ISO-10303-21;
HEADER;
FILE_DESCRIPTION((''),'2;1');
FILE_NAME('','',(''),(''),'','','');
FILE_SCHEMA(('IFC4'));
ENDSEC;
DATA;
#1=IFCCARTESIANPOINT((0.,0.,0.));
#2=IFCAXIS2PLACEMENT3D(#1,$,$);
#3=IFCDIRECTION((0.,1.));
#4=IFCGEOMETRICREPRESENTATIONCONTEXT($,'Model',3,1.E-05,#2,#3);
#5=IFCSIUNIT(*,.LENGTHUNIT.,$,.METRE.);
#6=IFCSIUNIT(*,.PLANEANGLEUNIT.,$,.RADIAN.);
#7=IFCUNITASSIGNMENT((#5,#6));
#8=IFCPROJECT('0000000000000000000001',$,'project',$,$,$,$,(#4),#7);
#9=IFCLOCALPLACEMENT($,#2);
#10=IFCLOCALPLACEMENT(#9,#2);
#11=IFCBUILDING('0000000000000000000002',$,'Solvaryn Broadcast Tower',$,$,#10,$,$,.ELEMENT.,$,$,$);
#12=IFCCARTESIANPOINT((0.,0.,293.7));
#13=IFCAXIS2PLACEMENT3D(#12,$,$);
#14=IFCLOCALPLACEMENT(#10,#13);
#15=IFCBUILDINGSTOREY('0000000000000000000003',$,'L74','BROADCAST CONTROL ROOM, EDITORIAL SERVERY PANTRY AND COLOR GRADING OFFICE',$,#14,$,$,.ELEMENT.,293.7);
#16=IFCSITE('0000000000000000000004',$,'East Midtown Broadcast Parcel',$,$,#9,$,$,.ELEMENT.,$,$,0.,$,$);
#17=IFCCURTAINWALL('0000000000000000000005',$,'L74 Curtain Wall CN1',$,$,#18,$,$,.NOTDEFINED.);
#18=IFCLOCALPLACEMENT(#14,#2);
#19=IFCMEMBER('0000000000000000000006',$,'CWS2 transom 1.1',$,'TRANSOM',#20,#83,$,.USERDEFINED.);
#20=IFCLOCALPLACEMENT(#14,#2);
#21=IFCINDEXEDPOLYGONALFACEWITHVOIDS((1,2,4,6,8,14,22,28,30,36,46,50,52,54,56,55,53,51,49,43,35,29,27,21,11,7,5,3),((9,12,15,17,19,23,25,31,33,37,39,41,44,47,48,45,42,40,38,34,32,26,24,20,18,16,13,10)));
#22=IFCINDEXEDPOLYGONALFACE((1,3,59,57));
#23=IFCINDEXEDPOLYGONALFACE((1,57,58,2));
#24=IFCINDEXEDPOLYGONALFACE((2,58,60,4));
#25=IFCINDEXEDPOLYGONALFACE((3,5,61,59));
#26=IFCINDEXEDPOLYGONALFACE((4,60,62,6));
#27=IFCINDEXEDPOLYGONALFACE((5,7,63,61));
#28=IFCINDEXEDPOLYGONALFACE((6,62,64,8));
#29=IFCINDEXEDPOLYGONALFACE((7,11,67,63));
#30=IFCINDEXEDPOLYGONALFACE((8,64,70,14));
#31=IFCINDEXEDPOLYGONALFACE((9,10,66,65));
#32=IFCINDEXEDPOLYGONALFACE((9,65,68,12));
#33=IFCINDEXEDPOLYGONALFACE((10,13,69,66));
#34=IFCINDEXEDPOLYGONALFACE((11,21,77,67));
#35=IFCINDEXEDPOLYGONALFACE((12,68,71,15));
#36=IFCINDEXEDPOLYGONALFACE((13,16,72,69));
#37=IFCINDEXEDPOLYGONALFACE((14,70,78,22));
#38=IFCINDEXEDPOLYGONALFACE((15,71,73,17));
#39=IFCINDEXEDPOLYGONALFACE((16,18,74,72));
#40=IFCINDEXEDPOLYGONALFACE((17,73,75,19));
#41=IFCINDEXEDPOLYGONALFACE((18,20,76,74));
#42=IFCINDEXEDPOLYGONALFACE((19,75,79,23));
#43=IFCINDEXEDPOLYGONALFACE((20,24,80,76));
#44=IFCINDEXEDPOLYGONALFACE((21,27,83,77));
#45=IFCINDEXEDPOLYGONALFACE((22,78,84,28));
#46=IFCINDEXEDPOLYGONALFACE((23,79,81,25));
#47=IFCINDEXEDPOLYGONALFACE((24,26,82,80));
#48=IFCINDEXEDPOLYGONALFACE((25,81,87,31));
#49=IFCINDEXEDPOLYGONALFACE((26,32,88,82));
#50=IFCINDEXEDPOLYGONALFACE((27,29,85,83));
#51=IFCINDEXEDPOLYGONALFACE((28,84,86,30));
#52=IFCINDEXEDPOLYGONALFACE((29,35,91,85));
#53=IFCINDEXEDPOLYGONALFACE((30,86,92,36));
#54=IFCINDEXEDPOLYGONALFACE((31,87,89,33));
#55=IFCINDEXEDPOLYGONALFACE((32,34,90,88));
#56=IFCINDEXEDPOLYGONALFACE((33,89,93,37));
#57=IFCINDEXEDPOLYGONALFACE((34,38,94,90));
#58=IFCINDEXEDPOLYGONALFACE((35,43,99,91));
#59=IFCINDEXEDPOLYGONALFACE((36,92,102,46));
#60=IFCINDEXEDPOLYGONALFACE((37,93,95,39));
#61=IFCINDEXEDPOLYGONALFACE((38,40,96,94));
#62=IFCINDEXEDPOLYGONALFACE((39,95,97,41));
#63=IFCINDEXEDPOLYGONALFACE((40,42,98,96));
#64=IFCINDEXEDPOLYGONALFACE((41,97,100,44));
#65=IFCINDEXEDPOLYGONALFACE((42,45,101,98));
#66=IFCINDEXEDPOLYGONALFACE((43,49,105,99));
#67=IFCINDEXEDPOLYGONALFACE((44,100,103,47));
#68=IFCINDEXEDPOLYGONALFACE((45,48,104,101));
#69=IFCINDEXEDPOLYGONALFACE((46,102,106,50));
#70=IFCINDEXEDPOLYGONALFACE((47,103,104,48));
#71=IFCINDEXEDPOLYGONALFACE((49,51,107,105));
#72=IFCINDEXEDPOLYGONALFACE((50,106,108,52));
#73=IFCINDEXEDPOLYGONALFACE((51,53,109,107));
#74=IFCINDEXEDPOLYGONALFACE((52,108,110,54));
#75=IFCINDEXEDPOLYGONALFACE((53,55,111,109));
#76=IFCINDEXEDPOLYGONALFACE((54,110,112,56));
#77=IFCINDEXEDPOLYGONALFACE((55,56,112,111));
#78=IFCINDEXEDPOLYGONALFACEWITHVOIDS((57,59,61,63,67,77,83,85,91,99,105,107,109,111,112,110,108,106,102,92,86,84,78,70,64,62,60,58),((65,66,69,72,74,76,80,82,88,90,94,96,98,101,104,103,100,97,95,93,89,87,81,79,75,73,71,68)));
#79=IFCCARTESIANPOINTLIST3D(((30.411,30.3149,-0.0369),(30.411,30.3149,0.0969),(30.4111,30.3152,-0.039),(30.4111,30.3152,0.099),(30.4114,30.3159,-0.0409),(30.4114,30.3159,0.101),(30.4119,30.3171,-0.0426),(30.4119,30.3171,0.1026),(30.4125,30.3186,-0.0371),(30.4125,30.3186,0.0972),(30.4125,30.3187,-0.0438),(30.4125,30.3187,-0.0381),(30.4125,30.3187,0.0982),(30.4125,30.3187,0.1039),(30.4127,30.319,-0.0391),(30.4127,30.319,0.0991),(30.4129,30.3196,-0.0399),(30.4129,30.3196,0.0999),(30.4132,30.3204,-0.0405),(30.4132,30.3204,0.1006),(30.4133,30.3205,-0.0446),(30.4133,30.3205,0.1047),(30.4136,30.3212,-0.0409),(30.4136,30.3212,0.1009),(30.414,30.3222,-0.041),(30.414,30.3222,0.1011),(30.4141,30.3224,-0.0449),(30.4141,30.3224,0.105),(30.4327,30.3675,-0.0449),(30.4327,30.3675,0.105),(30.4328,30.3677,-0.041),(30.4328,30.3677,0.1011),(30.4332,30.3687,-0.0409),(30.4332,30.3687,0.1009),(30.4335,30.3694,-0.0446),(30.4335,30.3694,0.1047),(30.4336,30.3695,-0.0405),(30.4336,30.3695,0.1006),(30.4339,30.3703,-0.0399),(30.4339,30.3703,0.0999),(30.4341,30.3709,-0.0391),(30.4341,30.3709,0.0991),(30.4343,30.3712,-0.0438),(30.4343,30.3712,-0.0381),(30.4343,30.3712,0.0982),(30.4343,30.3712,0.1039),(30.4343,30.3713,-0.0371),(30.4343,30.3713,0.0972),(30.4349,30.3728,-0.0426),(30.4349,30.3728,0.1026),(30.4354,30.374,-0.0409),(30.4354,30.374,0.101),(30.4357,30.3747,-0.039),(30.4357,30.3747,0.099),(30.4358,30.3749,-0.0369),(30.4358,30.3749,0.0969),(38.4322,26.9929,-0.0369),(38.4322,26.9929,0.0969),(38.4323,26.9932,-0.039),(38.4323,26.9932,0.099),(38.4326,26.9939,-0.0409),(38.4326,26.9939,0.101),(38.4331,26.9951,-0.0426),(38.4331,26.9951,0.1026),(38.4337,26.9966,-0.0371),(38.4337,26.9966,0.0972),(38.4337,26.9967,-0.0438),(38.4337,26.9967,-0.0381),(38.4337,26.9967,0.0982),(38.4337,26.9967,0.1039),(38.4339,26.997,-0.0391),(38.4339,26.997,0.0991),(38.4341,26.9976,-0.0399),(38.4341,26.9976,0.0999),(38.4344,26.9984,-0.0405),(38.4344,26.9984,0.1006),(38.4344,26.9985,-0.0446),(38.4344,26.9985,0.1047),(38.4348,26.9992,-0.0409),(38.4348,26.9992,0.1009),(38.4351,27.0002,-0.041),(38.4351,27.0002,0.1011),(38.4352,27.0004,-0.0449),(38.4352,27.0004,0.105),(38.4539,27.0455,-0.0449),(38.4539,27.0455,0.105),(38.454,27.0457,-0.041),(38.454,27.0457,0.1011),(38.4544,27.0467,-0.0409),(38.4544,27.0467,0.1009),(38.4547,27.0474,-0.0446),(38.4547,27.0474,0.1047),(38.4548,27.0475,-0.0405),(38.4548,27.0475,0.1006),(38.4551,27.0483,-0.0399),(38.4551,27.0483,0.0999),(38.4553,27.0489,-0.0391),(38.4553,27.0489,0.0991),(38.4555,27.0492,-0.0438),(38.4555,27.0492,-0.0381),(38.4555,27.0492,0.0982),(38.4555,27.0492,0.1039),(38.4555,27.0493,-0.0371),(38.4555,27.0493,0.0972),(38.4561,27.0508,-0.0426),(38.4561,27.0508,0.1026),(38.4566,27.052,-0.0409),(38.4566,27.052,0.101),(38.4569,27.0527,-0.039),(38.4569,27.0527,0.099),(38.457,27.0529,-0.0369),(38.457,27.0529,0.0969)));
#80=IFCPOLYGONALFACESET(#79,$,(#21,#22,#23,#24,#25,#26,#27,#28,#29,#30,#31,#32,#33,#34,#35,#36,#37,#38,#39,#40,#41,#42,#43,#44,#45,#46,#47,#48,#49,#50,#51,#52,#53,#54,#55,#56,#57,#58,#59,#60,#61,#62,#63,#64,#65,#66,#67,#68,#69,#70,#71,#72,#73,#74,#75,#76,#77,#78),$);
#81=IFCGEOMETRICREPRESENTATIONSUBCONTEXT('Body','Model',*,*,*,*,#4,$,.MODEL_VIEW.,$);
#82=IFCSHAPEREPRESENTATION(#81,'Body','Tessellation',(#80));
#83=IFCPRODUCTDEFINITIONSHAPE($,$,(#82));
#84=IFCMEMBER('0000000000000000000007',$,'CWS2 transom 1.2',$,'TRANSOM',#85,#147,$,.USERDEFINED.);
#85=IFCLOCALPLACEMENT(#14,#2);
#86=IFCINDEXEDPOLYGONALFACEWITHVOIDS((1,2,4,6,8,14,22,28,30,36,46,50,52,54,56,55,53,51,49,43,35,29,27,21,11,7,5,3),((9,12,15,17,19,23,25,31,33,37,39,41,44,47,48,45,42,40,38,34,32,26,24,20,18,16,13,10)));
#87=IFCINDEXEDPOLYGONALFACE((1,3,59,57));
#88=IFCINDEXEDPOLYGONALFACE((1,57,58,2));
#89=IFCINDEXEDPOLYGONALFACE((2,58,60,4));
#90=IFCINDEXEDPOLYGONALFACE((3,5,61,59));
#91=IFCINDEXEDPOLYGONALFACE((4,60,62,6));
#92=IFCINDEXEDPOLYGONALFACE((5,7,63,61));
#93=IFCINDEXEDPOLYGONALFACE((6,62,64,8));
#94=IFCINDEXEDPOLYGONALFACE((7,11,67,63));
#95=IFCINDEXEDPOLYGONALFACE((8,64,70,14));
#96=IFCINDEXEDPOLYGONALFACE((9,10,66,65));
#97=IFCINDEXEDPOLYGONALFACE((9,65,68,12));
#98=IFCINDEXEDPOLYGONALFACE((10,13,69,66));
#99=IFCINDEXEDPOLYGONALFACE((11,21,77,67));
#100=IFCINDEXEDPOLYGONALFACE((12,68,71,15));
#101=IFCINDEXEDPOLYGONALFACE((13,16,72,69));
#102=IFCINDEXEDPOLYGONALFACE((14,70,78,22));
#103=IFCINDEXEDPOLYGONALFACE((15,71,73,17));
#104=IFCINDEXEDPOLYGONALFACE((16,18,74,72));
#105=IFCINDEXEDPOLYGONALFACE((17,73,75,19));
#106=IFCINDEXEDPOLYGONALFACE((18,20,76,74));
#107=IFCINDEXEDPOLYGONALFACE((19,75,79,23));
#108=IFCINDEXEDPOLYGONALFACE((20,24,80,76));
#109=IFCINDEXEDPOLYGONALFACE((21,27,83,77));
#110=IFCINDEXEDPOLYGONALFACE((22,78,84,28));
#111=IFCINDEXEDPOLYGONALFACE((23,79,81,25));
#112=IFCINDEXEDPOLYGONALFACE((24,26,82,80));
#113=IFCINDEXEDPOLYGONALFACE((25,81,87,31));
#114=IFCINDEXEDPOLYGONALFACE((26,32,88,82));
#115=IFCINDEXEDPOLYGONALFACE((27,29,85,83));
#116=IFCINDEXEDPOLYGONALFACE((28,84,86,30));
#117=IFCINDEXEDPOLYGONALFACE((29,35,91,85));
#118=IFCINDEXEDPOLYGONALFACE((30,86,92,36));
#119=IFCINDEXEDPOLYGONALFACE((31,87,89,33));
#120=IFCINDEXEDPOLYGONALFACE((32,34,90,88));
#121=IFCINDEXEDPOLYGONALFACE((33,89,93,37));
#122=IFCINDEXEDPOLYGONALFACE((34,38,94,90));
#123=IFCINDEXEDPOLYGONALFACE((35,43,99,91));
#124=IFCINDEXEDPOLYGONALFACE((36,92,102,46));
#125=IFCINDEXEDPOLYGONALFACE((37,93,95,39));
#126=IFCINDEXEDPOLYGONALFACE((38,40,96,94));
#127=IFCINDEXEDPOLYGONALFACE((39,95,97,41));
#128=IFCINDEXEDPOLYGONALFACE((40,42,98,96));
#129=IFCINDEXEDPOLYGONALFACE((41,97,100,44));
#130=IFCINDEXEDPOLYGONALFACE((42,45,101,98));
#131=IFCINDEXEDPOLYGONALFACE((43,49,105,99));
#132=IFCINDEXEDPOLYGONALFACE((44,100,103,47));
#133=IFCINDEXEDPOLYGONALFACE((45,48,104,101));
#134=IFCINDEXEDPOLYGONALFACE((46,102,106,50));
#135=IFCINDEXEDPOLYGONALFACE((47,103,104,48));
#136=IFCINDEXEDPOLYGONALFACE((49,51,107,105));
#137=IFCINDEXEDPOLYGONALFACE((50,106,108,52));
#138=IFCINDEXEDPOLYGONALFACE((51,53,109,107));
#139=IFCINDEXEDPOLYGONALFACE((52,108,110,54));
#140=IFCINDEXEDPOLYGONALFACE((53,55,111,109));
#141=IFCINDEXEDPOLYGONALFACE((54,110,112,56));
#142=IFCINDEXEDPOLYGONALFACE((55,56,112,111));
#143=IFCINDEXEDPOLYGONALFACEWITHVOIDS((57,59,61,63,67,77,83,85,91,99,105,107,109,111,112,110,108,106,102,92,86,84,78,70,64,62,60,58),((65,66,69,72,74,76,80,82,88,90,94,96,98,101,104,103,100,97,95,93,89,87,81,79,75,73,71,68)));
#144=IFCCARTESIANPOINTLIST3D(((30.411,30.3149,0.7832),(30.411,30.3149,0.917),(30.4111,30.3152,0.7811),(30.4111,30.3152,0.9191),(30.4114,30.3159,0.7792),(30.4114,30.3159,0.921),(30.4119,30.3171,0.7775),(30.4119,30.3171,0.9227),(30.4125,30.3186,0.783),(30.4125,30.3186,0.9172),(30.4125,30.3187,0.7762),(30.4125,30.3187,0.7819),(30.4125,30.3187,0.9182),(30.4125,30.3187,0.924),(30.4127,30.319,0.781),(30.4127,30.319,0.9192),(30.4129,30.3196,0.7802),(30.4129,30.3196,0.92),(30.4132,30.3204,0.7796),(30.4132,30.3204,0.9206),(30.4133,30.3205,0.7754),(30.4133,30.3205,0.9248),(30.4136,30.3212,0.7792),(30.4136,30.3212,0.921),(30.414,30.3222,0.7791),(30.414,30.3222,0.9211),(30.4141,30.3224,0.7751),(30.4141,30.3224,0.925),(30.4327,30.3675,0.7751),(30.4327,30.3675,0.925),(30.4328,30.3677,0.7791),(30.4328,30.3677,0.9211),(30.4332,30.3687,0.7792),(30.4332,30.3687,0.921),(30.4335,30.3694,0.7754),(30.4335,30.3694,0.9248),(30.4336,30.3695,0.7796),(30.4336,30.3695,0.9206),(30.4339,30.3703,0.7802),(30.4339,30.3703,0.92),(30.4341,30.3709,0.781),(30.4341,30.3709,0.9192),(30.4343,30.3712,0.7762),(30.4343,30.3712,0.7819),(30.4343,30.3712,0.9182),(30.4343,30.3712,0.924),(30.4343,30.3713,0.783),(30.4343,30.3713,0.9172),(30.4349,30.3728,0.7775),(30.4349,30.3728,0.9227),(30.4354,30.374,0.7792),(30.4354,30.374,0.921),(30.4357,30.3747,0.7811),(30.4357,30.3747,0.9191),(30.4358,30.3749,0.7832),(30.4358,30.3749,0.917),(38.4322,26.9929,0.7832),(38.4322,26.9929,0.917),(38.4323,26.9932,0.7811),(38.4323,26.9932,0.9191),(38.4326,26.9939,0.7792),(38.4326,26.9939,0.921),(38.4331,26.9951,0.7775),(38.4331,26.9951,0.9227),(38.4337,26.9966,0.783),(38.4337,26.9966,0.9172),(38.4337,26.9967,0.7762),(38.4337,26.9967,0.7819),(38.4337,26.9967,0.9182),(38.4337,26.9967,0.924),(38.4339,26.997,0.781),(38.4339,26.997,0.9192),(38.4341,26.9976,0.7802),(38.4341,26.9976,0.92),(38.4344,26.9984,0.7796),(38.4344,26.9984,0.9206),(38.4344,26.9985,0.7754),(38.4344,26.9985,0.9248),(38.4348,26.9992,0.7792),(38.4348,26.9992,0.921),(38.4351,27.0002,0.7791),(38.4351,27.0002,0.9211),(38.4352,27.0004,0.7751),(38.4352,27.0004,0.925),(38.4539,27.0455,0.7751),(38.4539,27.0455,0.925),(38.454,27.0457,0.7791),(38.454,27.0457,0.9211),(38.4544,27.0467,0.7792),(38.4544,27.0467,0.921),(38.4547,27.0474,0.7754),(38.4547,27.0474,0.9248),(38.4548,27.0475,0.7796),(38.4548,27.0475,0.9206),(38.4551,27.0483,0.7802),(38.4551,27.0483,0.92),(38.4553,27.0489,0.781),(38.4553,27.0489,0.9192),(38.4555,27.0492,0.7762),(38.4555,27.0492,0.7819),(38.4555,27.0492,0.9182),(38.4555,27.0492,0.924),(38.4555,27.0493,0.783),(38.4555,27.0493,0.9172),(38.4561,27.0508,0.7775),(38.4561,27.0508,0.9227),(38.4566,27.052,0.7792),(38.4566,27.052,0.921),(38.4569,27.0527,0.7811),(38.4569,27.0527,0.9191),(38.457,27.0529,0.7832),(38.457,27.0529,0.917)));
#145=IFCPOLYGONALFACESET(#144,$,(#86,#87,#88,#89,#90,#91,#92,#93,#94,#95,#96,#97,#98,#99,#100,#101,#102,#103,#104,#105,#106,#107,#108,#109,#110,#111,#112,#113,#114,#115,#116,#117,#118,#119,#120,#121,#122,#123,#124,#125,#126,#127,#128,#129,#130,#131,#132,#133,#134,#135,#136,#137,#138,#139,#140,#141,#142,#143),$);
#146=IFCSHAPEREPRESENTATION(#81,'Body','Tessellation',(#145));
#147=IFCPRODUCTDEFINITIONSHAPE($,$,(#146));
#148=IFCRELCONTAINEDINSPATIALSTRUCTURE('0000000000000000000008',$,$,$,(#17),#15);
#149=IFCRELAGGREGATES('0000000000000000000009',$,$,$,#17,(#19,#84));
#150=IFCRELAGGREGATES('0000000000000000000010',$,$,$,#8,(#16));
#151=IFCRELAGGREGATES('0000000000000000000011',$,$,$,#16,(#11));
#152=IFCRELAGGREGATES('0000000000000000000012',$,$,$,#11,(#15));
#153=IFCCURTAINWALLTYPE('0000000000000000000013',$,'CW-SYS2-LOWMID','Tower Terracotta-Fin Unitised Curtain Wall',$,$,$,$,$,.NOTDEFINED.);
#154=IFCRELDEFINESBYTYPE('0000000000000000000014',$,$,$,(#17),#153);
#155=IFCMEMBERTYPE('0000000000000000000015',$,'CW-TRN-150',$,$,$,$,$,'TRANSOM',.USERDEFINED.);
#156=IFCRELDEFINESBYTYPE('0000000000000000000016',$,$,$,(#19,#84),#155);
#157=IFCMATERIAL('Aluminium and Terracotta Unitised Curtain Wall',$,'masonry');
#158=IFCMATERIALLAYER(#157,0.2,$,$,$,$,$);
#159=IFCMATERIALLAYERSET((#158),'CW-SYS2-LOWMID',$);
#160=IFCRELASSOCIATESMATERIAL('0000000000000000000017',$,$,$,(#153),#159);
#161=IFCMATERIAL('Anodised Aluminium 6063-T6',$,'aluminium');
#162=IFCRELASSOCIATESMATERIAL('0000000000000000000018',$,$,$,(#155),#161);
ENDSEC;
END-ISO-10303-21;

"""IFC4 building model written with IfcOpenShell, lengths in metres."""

from ifc_helpers import new_model, si_unit, direction, frame, origin, origin_2d, place, context, subcontext, project, spatial, hollow_rectangle, extrude, material, layer, layer_set, material_profile, profile_set, type_object, element, aggregate, save


model = new_model("IFC4")

# Units and contexts
model_context = context("Model", 3, precision=1e-05, world=origin(), true_north=direction((0.0, 1.0)))
body_context = subcontext(model_context, "Body", "Model", "MODEL_VIEW")
ifc_project = project(units=[si_unit("LENGTHUNIT", "METRE"), si_unit("PLANEANGLEUNIT", "RADIAN")], contexts=[model_context])

# Site, building, storey
site_placement = place(None, origin())
site = spatial("IfcSite", under=ifc_project, at=site_placement, Name="East Midtown Broadcast Parcel", CompositionType="ELEMENT", RefElevation=0.0)
building_placement = place(site_placement, origin())
building = spatial("IfcBuilding", under=site, at=building_placement, Name="Solvaryn Broadcast Tower", CompositionType="ELEMENT")
storey_placement = place(building_placement, frame((0.0, 0.0, 293.7)))
storey = spatial("IfcBuildingStorey", under=building, at=storey_placement, Name="L74", Description="BROADCAST CONTROL ROOM, EDITORIAL SERVERY PANTRY AND COLOR GRADING OFFICE", CompositionType="ELEMENT", Elevation=293.7)

# Curtain wall
ifc_material_1 = material(Name="Aluminium and Terracotta Unitised Curtain Wall", Category="masonry")
ifc_layer_1 = layer(ifc_material_1, 0.2)
ifc_layer_set_1 = layer_set([ifc_layer_1], Name="CW-SYS2-LOWMID")
curtain_wall_type = type_object("IfcCurtainWallType", Name="CW-SYS2-LOWMID", Description="Tower Terracotta-Fin Unitised Curtain Wall", PredefinedType="NOTDEFINED", material=ifc_layer_set_1)
curtain_wall_1_placement = place(storey_placement, origin())
curtain_wall_1 = element("IfcCurtainWall", 1, at=curtain_wall_1_placement, inside=storey, type_object=curtain_wall_type, Name="L74 Curtain Wall CN1", PredefinedType="NOTDEFINED")

# Members
ifc_material_2 = material(Name="Anodised Aluminium 6063-T6", Category="aluminium")
ifc_material_profile_1 = material_profile(ifc_material_2, hollow_rectangle(XDim=0.0649, YDim=0.1499, WallThickness=0.0039, InnerFilletRadius=0.0039, OuterFilletRadius=0.0081, at=origin_2d()))
ifc_profile_set_1 = profile_set([ifc_material_profile_1], Name="Anodised Aluminium 6063-T6")
member_type_1 = type_object("IfcMemberType", Name="CW-TRN-150", ElementType="TRANSOM", PredefinedType="USERDEFINED", material=ifc_profile_set_1)
member_1_placement = place(storey_placement, frame((38.4446, 27.0229, 0.03), z_axis=(-0.923899, 0.382636, 0.0), x_axis=(-0.382636, -0.923899, 0.0)))
member_1 = element("IfcMember", 2, at=member_1_placement, type_object=member_type_1, Name="CWS2 transom 1.1", ObjectType="TRANSOM", PredefinedType="USERDEFINED", context=body_context, shape_type="SweptSolid", body=[
    extrude(hollow_rectangle(XDim=0.0649, YDim=0.1499, WallThickness=0.0039, InnerFilletRadius=0.0039, OuterFilletRadius=0.0081, at=origin_2d()), origin(), (0.0, 0.0, 1.0), 8.6819),
])
member_2_placement = place(storey_placement, frame((38.4446, 27.0229, 0.8501), z_axis=(-0.923899, 0.382636, 0.0), x_axis=(-0.382636, -0.923899, 0.0)))
member_2 = element("IfcMember", 3, at=member_2_placement, type_object=member_type_1, Name="CWS2 transom 1.2", ObjectType="TRANSOM", PredefinedType="USERDEFINED", context=body_context, shape_type="SweptSolid", body=[
    extrude(hollow_rectangle(XDim=0.0649, YDim=0.1499, WallThickness=0.0039, InnerFilletRadius=0.0039, OuterFilletRadius=0.0081, at=origin_2d()), origin(), (0.0, 0.0, 1.0), 8.6819),
])

aggregate(curtain_wall_1, [member_1, member_2])

save(model, "model.ifc")
